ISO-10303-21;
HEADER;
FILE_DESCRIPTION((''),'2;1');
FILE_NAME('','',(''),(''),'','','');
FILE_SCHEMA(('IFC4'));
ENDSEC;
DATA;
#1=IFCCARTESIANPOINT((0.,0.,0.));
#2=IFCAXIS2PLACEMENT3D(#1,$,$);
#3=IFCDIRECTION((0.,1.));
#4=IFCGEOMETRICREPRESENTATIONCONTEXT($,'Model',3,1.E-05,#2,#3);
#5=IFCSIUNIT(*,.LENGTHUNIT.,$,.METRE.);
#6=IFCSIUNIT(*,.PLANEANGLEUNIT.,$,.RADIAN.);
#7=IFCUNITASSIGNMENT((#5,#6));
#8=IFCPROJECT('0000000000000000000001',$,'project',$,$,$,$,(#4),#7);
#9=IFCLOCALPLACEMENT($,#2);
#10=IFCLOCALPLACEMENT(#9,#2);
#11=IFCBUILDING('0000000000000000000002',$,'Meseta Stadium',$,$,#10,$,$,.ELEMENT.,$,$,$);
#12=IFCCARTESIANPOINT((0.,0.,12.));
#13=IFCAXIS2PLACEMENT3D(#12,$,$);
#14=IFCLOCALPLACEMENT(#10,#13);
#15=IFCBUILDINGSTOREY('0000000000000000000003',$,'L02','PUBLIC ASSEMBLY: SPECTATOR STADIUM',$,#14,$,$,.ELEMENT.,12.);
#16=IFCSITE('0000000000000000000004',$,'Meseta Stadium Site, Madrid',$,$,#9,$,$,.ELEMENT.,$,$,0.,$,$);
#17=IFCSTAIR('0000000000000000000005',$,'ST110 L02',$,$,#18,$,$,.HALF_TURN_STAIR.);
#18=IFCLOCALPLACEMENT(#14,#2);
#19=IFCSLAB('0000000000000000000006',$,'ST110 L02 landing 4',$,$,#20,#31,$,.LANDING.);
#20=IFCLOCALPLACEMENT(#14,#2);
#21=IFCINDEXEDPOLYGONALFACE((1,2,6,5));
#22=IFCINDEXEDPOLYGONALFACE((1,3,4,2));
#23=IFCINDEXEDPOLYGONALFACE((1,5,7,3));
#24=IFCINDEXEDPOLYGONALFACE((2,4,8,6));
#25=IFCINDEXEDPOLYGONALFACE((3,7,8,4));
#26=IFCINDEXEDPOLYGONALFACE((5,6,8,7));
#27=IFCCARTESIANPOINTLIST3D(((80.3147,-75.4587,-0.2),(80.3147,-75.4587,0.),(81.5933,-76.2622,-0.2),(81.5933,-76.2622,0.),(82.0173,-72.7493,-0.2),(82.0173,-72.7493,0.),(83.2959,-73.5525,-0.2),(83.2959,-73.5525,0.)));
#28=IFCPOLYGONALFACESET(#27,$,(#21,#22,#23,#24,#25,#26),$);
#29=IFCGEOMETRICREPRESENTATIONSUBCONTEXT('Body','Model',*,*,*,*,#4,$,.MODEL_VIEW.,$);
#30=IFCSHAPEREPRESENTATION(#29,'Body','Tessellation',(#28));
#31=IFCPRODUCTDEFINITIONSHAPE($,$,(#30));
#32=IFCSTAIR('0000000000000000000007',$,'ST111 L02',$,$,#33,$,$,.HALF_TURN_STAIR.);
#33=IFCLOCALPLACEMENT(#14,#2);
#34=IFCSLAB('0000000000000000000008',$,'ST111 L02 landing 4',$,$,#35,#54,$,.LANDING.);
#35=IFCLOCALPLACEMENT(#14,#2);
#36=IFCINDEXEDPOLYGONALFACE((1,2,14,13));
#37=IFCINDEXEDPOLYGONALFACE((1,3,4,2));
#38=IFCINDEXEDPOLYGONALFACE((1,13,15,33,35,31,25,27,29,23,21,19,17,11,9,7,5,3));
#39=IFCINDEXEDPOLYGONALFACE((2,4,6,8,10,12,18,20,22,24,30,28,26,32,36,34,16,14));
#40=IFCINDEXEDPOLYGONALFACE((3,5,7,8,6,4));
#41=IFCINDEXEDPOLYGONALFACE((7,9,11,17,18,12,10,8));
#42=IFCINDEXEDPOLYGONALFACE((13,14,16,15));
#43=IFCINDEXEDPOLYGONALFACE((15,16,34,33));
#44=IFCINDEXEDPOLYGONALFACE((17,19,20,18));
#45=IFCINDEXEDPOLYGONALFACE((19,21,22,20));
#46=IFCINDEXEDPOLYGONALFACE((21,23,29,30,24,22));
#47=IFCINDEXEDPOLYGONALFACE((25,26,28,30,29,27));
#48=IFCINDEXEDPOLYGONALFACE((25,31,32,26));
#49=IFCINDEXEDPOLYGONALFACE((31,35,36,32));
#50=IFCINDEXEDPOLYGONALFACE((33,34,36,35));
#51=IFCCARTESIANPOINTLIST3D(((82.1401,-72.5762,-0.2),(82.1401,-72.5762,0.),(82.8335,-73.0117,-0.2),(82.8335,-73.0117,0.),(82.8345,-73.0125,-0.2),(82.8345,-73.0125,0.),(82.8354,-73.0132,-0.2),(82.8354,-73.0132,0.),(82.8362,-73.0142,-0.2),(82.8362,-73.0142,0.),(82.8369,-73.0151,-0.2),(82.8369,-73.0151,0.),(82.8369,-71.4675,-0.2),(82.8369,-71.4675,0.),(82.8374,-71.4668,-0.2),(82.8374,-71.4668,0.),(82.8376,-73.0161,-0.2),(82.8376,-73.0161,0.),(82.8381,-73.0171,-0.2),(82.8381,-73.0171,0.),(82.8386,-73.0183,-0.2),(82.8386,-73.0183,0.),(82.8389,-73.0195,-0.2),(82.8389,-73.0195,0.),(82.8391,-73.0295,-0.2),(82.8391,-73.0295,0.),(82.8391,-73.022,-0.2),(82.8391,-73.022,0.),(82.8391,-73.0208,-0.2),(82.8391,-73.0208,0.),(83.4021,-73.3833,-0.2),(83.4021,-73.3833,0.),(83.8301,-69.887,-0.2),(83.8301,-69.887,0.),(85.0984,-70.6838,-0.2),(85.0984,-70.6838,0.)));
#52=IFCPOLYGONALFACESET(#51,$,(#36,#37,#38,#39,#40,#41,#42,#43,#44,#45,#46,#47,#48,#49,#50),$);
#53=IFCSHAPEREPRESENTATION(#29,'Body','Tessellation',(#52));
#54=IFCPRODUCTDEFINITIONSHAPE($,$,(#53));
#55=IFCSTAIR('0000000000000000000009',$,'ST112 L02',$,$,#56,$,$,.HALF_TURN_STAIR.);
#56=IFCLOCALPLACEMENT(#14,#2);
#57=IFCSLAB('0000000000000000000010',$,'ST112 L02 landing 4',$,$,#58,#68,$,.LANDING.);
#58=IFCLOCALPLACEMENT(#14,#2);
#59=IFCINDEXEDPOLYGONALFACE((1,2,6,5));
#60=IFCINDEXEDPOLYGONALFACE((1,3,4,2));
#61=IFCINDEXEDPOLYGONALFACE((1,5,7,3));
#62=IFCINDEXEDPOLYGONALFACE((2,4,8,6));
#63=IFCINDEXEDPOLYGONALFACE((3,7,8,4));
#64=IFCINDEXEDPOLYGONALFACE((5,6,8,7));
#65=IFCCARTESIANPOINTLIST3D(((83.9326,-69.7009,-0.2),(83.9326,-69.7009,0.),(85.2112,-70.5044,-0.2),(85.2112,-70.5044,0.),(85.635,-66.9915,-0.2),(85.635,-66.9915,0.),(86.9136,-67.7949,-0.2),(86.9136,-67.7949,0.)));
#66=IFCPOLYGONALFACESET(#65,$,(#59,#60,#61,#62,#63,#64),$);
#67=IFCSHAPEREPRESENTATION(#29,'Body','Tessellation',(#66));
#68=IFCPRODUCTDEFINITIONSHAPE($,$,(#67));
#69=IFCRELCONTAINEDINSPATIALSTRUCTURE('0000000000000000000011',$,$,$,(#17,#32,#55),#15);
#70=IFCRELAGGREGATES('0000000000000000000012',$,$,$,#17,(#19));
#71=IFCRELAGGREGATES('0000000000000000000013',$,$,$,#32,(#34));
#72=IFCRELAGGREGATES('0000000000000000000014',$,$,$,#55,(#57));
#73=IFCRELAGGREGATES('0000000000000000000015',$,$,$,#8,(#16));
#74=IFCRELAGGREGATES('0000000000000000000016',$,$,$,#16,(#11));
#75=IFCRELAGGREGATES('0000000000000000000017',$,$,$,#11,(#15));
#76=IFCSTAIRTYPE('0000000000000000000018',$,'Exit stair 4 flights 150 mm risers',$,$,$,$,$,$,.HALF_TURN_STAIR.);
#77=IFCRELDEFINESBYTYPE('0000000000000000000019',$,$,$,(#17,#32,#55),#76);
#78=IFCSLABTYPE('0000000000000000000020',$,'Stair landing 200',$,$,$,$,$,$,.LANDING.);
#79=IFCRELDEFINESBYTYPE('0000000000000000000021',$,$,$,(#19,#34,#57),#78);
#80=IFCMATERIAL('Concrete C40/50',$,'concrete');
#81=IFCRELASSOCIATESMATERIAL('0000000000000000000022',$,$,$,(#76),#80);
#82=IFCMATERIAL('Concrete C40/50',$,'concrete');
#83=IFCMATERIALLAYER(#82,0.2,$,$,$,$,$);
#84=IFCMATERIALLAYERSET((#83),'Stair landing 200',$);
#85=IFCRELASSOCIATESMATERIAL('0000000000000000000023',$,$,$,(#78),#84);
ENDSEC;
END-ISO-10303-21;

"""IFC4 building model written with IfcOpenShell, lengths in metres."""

from ifc_helpers import new_model, si_unit, direction, frame, origin, place, context, subcontext, project, spatial, polyline, outline, extrude, material, layer, layer_set, type_object, element, aggregate, save


model = new_model("IFC4")

# Units and contexts
model_context = context("Model", 3, precision=1e-05, world=origin(), true_north=direction((0.0, 1.0)))
body_context = subcontext(model_context, "Body", "Model", "MODEL_VIEW")
ifc_project = project(units=[si_unit("LENGTHUNIT", "METRE"), si_unit("PLANEANGLEUNIT", "RADIAN")], contexts=[model_context])

# Site, building, storey
site_placement = place(None, origin())
site = spatial("IfcSite", under=ifc_project, at=site_placement, Name="Meseta Stadium Site, Madrid", CompositionType="ELEMENT", RefElevation=0.0)
building_placement = place(site_placement, origin())
building = spatial("IfcBuilding", under=site, at=building_placement, Name="Meseta Stadium", CompositionType="ELEMENT")
storey_placement = place(building_placement, frame((0.0, 0.0, 12.0)))
storey = spatial("IfcBuildingStorey", under=building, at=storey_placement, Name="L02", Description="PUBLIC ASSEMBLY: SPECTATOR STADIUM", CompositionType="ELEMENT", Elevation=12.0)

# Shared definitions
ifc_material_1 = material(Name="Concrete C40/50", Category="concrete")
stair_type = type_object("IfcStairType", Name="Exit stair 4 flights 150 mm risers", PredefinedType="HALF_TURN_STAIR", material=ifc_material_1)
ifc_material_2 = material(Name="Concrete C40/50", Category="concrete")
ifc_layer = layer(ifc_material_2, 0.2)
ifc_layer_set = layer_set([ifc_layer], Name="Stair landing 200")
slab_type = type_object("IfcSlabType", Name="Stair landing 200", PredefinedType="LANDING", material=ifc_layer_set)

# Stairs, slabs
stair_1_placement = place(storey_placement, origin())
stair_1 = element("IfcStair", 1, at=stair_1_placement, inside=storey, type_object=stair_type, Name="ST110 L02", PredefinedType="HALF_TURN_STAIR")
slab_1_placement = place(storey_placement, frame((0.0, 0.0, -0.2)))
slab_1 = element("IfcSlab", 2, at=slab_1_placement, type_object=slab_type, Name="ST110 L02 landing 4", PredefinedType="LANDING", context=body_context, shape_type="SweptSolid", body=[
    extrude(outline(polyline([(80.3147, -75.4587), (81.5933, -76.2622), (83.2959, -73.5525), (82.0173, -72.7493), (80.3147, -75.4587)])), origin(), (0.0, 0.0, 1.0), 0.2),
])
aggregate(stair_1, [slab_1])
stair_2_placement = place(storey_placement, origin())
stair_2 = element("IfcStair", 3, at=stair_2_placement, inside=storey, type_object=stair_type, Name="ST111 L02", PredefinedType="HALF_TURN_STAIR")
slab_2_placement = place(storey_placement, frame((0.0, 0.0, -0.2)))
slab_2 = element("IfcSlab", 4, at=slab_2_placement, type_object=slab_type, Name="ST111 L02 landing 4", PredefinedType="LANDING", context=body_context, shape_type="SweptSolid", body=[
    extrude(outline(polyline([(82.8374, -71.4668), (82.8369, -71.4675), (82.1401, -72.5762), (82.8335, -73.0117), (82.8345, -73.0125), (82.8354, -73.0132), (82.8362, -73.0142), (82.8369, -73.0151), (82.8376, -73.0161), (82.8381, -73.0171), (82.8386, -73.0183), (82.8389, -73.0195), (82.8391, -73.0208), (82.8391, -73.022), (82.8391, -73.0295), (83.4021, -73.3833), (85.0984, -70.6838), (83.8301, -69.887), (82.8374, -71.4668)])), origin(), (0.0, 0.0, 1.0), 0.2),
])
aggregate(stair_2, [slab_2])
stair_3_placement = place(storey_placement, origin())
stair_3 = element("IfcStair", 5, at=stair_3_placement, inside=storey, type_object=stair_type, Name="ST112 L02", PredefinedType="HALF_TURN_STAIR")
slab_3_placement = place(storey_placement, frame((0.0, 0.0, -0.2)))
slab_3 = element("IfcSlab", 6, at=slab_3_placement, type_object=slab_type, Name="ST112 L02 landing 4", PredefinedType="LANDING", context=body_context, shape_type="SweptSolid", body=[
    extrude(outline(polyline([(83.9326, -69.7009), (85.2112, -70.5044), (86.9136, -67.7949), (85.635, -66.9915), (83.9326, -69.7009)])), origin(), (0.0, 0.0, 1.0), 0.2),
])
aggregate(stair_3, [slab_3])

save(model, "model.ifc")
